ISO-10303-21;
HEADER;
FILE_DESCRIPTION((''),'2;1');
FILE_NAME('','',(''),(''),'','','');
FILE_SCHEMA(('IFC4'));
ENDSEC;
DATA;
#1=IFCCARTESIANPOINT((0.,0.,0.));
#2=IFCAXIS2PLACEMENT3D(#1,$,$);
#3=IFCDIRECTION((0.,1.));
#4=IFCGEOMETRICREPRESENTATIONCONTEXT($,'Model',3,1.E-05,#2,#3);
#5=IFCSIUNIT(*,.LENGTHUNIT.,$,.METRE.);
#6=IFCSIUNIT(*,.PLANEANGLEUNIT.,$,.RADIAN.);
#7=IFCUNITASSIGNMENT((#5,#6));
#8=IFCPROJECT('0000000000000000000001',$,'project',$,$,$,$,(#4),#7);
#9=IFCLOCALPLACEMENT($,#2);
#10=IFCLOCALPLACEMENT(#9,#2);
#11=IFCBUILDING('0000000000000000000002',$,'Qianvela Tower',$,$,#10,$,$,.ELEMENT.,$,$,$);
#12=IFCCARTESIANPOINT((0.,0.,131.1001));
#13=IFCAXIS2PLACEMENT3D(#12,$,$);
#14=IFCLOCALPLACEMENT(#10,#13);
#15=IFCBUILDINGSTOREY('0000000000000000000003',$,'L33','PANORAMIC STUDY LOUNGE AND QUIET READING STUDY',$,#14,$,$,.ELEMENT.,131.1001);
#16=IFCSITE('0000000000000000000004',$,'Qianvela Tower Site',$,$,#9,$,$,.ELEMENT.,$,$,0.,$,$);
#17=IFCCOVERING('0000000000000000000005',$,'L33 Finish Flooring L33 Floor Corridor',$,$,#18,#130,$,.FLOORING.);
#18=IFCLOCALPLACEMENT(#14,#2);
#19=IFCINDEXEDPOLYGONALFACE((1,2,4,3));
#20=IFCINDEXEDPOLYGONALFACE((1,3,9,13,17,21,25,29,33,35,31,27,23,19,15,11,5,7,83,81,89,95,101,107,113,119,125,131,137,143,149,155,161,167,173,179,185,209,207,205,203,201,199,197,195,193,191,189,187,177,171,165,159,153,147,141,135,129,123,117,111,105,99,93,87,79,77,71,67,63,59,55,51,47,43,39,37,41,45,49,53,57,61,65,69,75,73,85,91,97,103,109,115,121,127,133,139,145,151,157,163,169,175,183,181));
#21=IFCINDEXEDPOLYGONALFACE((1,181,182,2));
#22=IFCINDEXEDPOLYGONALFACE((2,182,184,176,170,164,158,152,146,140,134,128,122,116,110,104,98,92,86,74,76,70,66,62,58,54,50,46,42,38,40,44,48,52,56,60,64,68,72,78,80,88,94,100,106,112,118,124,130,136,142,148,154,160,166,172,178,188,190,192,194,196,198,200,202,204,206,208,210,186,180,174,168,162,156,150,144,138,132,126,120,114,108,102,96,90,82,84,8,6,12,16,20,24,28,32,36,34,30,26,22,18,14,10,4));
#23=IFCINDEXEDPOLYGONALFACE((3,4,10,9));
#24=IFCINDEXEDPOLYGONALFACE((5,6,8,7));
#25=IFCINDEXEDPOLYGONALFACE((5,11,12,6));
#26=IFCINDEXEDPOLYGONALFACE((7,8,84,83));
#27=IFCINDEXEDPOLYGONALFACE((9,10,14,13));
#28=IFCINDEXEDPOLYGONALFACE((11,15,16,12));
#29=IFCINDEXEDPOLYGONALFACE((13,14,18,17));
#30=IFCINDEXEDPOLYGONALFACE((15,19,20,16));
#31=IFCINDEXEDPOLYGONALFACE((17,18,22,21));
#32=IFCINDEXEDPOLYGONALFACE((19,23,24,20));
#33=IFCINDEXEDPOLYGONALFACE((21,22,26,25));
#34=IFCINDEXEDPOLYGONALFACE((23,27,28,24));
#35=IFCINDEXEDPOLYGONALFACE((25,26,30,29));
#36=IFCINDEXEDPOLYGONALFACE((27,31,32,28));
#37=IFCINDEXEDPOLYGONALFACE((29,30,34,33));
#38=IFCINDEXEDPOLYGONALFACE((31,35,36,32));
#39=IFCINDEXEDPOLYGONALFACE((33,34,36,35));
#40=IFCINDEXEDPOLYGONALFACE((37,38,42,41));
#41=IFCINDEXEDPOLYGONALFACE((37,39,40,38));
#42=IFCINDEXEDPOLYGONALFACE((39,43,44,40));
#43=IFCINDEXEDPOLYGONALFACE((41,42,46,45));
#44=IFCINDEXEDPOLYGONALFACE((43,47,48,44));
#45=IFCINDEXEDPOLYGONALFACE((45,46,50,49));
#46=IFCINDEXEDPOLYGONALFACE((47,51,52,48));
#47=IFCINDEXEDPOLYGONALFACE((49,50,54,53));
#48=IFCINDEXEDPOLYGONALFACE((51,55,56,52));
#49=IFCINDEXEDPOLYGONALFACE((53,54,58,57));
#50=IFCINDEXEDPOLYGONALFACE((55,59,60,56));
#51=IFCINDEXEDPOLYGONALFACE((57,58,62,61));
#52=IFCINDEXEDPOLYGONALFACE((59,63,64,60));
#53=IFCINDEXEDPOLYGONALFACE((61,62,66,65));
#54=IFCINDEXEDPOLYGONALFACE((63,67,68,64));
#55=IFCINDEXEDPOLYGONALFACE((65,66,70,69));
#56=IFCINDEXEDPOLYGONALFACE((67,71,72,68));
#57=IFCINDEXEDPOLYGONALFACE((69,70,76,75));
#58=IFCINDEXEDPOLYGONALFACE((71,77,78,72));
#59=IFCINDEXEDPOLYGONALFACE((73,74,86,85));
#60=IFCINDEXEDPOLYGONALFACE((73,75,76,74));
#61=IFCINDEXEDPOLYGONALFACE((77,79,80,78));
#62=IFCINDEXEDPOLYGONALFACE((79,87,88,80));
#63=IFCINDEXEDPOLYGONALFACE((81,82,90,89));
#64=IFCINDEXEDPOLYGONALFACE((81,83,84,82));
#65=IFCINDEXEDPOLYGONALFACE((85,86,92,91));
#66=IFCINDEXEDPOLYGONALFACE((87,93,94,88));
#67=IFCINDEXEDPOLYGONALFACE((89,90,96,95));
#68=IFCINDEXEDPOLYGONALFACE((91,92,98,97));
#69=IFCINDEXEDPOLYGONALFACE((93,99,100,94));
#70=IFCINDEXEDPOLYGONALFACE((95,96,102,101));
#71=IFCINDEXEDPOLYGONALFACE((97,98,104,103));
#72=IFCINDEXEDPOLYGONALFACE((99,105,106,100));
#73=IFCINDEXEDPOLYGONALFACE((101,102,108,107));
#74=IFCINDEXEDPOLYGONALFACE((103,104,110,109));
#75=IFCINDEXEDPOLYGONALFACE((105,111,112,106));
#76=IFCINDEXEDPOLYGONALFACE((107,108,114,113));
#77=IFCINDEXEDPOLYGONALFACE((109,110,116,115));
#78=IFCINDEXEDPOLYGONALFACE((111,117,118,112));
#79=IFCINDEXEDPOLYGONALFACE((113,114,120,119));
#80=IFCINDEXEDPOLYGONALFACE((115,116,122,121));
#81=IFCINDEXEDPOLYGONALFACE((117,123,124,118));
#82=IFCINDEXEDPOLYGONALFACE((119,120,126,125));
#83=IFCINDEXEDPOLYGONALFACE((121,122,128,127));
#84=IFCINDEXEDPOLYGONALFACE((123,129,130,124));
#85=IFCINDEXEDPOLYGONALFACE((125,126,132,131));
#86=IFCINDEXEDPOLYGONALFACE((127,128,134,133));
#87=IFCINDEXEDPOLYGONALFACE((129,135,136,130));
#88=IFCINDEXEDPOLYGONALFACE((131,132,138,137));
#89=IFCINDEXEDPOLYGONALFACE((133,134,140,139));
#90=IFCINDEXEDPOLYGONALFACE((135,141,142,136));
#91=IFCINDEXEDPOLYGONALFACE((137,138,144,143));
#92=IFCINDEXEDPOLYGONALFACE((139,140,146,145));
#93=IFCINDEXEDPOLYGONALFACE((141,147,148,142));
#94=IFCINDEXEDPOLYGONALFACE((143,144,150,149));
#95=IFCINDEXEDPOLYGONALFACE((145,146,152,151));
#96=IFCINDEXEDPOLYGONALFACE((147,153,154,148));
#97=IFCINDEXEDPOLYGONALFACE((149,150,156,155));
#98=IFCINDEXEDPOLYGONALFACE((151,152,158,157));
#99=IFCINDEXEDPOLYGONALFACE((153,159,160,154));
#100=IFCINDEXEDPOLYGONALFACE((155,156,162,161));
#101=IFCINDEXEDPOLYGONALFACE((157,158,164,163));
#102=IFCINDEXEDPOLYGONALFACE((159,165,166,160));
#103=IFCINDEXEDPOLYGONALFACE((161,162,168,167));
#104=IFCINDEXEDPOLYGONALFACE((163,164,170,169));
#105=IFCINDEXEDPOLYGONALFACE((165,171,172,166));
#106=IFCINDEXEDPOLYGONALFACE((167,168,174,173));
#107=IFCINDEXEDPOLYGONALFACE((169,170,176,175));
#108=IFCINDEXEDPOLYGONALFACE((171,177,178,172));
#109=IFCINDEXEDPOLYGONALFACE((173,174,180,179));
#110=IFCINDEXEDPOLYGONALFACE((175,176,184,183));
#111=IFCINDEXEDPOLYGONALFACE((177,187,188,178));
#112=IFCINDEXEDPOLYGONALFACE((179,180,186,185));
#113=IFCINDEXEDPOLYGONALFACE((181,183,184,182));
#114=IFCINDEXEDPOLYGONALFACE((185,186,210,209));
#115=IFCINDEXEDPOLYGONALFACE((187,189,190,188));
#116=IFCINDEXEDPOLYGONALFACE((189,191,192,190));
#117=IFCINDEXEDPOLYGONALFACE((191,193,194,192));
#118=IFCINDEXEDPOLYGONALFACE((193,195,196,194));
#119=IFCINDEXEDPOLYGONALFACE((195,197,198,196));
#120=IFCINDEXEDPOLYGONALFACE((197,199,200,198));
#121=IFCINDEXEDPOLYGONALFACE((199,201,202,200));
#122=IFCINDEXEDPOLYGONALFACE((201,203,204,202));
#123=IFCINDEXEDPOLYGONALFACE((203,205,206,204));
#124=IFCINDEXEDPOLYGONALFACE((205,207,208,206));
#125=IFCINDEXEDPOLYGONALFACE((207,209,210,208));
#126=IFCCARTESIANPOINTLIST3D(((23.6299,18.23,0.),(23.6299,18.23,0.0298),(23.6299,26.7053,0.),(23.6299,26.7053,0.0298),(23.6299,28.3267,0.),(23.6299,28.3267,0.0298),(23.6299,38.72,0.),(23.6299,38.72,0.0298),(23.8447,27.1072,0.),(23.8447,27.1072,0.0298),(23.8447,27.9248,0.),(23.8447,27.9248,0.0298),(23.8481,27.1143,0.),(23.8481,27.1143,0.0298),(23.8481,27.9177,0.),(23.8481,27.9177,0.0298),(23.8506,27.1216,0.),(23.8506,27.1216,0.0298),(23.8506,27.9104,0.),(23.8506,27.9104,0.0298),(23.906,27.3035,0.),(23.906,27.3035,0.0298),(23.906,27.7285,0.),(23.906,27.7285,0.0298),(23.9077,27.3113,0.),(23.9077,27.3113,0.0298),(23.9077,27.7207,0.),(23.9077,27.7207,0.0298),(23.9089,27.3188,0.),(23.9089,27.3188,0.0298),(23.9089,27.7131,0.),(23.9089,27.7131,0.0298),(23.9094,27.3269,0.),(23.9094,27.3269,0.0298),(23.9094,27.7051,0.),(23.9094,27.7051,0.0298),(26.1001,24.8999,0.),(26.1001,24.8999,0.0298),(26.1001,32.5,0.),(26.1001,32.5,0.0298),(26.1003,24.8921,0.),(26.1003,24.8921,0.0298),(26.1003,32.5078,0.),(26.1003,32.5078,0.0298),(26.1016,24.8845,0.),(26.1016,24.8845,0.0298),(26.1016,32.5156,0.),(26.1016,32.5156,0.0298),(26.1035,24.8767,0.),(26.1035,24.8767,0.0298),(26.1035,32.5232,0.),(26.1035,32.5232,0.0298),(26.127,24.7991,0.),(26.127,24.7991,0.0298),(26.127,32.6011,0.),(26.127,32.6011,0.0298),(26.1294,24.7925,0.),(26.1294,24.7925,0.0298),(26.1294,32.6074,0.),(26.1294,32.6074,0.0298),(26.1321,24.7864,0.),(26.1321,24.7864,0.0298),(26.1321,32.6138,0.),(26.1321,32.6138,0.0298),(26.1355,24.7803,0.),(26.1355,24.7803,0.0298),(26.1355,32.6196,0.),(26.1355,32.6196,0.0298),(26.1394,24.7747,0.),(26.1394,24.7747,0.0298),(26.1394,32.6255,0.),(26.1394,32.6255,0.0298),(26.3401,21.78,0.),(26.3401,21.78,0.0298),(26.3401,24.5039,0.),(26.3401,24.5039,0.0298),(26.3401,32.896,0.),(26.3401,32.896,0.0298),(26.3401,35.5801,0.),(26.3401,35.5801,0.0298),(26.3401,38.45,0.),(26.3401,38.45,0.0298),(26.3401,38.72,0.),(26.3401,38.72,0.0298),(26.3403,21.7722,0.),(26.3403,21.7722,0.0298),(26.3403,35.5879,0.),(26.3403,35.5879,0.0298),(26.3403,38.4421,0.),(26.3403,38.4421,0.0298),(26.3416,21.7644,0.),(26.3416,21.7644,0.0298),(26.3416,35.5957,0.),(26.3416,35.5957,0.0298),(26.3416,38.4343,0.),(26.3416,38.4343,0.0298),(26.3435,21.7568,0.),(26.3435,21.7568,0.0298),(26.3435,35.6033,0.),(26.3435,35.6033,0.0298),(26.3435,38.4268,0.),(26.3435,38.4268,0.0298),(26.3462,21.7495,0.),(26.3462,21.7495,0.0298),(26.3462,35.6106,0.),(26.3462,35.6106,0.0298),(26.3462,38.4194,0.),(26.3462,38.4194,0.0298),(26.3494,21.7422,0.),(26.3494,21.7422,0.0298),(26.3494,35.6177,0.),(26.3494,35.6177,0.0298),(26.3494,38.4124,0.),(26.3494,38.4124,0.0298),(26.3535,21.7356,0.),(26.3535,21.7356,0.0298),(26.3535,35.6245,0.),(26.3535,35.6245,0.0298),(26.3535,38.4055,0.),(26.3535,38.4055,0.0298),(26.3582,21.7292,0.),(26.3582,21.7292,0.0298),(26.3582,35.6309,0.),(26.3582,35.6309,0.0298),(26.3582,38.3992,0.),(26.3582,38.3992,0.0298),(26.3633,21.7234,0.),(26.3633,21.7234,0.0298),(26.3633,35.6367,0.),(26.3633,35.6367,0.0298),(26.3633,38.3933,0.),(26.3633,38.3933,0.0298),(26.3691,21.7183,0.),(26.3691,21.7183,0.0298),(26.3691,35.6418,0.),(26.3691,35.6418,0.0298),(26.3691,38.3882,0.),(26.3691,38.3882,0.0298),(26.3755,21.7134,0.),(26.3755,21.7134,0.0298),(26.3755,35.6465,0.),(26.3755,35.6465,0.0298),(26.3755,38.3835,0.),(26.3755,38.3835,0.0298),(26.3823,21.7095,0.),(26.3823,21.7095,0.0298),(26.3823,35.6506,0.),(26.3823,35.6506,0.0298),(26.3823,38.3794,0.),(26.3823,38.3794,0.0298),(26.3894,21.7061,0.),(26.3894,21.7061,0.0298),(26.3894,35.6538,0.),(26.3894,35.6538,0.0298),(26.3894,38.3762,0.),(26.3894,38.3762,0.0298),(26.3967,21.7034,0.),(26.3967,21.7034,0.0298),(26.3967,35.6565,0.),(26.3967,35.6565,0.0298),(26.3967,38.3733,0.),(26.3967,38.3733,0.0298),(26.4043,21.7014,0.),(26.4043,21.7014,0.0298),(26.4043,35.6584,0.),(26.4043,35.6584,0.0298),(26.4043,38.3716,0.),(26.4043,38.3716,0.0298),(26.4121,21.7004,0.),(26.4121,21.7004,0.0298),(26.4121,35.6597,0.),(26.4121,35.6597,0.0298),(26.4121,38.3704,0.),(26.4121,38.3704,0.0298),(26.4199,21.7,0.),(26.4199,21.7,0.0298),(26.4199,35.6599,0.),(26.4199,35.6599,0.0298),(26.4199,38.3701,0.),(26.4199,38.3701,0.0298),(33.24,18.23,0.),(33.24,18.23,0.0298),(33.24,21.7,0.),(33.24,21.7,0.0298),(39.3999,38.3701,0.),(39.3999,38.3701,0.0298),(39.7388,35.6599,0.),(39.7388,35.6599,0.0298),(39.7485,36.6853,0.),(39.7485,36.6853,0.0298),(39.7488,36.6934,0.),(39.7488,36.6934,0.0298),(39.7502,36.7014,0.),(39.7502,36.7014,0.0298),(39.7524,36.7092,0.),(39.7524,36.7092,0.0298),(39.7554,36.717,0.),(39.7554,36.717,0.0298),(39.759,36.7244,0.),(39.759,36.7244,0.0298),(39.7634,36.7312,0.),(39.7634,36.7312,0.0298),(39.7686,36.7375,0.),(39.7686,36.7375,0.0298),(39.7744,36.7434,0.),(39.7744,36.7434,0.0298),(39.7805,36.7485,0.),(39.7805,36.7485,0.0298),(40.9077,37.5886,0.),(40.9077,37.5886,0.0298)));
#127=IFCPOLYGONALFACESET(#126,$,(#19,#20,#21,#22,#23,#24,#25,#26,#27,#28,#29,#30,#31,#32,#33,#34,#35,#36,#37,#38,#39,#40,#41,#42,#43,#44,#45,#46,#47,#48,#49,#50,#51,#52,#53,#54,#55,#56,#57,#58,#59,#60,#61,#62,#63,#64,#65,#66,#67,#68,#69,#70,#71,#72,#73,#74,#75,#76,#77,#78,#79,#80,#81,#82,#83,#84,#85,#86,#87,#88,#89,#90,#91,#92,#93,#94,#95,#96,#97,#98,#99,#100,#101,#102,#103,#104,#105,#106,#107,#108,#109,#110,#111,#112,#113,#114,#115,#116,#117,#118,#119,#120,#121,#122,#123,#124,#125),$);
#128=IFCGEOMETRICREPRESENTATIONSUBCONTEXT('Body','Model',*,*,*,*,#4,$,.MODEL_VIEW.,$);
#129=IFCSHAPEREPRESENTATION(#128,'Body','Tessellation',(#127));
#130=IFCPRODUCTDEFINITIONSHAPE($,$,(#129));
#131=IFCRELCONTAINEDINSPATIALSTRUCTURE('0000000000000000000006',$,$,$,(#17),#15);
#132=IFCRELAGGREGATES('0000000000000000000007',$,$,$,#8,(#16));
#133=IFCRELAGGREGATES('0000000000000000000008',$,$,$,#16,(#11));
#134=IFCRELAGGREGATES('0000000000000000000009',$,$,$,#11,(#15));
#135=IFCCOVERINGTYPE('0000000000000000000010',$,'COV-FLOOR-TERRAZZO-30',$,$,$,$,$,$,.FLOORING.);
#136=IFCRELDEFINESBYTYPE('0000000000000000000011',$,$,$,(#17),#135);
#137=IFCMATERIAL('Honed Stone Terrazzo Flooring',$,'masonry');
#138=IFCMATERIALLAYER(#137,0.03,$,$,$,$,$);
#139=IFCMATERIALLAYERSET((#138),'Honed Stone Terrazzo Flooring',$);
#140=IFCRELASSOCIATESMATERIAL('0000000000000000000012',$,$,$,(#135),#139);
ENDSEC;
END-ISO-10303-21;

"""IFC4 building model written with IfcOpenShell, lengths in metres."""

from ifc_helpers import new_model, si_unit, direction, frame, origin, place, context, subcontext, project, spatial, polyline, outline, extrude, material, layer, layer_set, type_object, element, save


model = new_model("IFC4")

# Units and contexts
model_context = context("Model", 3, precision=1e-05, world=origin(), true_north=direction((0.0, 1.0)))
body_context = subcontext(model_context, "Body", "Model", "MODEL_VIEW")
ifc_project = project(units=[si_unit("LENGTHUNIT", "METRE"), si_unit("PLANEANGLEUNIT", "RADIAN")], contexts=[model_context])

# Site, building, storey
site_placement = place(None, origin())
site = spatial("IfcSite", under=ifc_project, at=site_placement, Name="Qianvela Tower Site", CompositionType="ELEMENT", RefElevation=0.0)
building_placement = place(site_placement, origin())
building = spatial("IfcBuilding", under=site, at=building_placement, Name="Qianvela Tower", CompositionType="ELEMENT")
storey_placement = place(building_placement, frame((0.0, 0.0, 131.1001)))
storey = spatial("IfcBuildingStorey", under=building, at=storey_placement, Name="L33", Description="PANORAMIC STUDY LOUNGE AND QUIET READING STUDY", CompositionType="ELEMENT", Elevation=131.1001)

# Covering
ifc_material_1 = material(Name="Honed Stone Terrazzo Flooring", Category="masonry")
ifc_layer_1 = layer(ifc_material_1, 0.03)
ifc_layer_set_1 = layer_set([ifc_layer_1], Name="Honed Stone Terrazzo Flooring")
covering_type_1 = type_object("IfcCoveringType", Name="COV-FLOOR-TERRAZZO-30", PredefinedType="FLOORING", material=ifc_layer_set_1)
covering_1_placement = place(storey_placement, origin())
element("IfcCovering", 1, at=covering_1_placement, inside=storey, type_object=covering_type_1, Name="L33 Finish Flooring L33 Floor Corridor", PredefinedType="FLOORING", context=body_context, shape_type="SweptSolid", body=[
    extrude(outline(polyline([(23.8506, 27.9104), (23.8481, 27.9177), (23.8447, 27.9248), (23.6299, 28.3267), (23.6299, 38.72), (26.3401, 38.72), (26.3401, 38.45), (26.3403, 38.4421), (26.3416, 38.4343), (26.3435, 38.4268), (26.3462, 38.4194), (26.3494, 38.4124), (26.3535, 38.4055), (26.3582, 38.3992), (26.3633, 38.3933), (26.3691, 38.3882), (26.3755, 38.3835), (26.3823, 38.3794), (26.3894, 38.3762), (26.3967, 38.3733), (26.4043, 38.3716), (26.4121, 38.3704), (26.4199, 38.3701), (39.3999, 38.3701), (40.9077, 37.5886), (39.7805, 36.7485), (39.7744, 36.7434), (39.7686, 36.7375), (39.7634, 36.7312), (39.759, 36.7244), (39.7554, 36.717), (39.7524, 36.7092), (39.7502, 36.7014), (39.7488, 36.6934), (39.7485, 36.6853), (39.7388, 35.6599), (26.4199, 35.6599), (26.4121, 35.6597), (26.4043, 35.6584), (26.3967, 35.6565), (26.3894, 35.6538), (26.3823, 35.6506), (26.3755, 35.6465), (26.3691, 35.6418), (26.3633, 35.6367), (26.3582, 35.6309), (26.3535, 35.6245), (26.3494, 35.6177), (26.3462, 35.6106), (26.3435, 35.6033), (26.3416, 35.5957), (26.3403, 35.5879), (26.3401, 35.5801), (26.3401, 32.896), (26.1394, 32.6255), (26.1355, 32.6196), (26.1321, 32.6138), (26.1294, 32.6074), (26.127, 32.6011), (26.1035, 32.5232), (26.1016, 32.5156), (26.1003, 32.5078), (26.1001, 32.5), (26.1001, 24.8999), (26.1003, 24.8921), (26.1016, 24.8845), (26.1035, 24.8767), (26.127, 24.7991), (26.1294, 24.7925), (26.1321, 24.7864), (26.1355, 24.7803), (26.1394, 24.7747), (26.3401, 24.5039), (26.3401, 21.78), (26.3403, 21.7722), (26.3416, 21.7644), (26.3435, 21.7568), (26.3462, 21.7495), (26.3494, 21.7422), (26.3535, 21.7356), (26.3582, 21.7292), (26.3633, 21.7234), (26.3691, 21.7183), (26.3755, 21.7134), (26.3823, 21.7095), (26.3894, 21.7061), (26.3967, 21.7034), (26.4043, 21.7014), (26.4121, 21.7004), (26.4199, 21.7), (33.24, 21.7), (33.24, 18.23), (23.6299, 18.23), (23.6299, 26.7053), (23.8447, 27.1072), (23.8481, 27.1143), (23.8506, 27.1216), (23.906, 27.3035), (23.9077, 27.3113), (23.9089, 27.3188), (23.9094, 27.3269), (23.9094, 27.7051), (23.9089, 27.7131), (23.9077, 27.7207), (23.906, 27.7285), (23.8506, 27.9104)])), origin(), (0.0, 0.0, 1.0), 0.0298),
])

save(model, "model.ifc")
